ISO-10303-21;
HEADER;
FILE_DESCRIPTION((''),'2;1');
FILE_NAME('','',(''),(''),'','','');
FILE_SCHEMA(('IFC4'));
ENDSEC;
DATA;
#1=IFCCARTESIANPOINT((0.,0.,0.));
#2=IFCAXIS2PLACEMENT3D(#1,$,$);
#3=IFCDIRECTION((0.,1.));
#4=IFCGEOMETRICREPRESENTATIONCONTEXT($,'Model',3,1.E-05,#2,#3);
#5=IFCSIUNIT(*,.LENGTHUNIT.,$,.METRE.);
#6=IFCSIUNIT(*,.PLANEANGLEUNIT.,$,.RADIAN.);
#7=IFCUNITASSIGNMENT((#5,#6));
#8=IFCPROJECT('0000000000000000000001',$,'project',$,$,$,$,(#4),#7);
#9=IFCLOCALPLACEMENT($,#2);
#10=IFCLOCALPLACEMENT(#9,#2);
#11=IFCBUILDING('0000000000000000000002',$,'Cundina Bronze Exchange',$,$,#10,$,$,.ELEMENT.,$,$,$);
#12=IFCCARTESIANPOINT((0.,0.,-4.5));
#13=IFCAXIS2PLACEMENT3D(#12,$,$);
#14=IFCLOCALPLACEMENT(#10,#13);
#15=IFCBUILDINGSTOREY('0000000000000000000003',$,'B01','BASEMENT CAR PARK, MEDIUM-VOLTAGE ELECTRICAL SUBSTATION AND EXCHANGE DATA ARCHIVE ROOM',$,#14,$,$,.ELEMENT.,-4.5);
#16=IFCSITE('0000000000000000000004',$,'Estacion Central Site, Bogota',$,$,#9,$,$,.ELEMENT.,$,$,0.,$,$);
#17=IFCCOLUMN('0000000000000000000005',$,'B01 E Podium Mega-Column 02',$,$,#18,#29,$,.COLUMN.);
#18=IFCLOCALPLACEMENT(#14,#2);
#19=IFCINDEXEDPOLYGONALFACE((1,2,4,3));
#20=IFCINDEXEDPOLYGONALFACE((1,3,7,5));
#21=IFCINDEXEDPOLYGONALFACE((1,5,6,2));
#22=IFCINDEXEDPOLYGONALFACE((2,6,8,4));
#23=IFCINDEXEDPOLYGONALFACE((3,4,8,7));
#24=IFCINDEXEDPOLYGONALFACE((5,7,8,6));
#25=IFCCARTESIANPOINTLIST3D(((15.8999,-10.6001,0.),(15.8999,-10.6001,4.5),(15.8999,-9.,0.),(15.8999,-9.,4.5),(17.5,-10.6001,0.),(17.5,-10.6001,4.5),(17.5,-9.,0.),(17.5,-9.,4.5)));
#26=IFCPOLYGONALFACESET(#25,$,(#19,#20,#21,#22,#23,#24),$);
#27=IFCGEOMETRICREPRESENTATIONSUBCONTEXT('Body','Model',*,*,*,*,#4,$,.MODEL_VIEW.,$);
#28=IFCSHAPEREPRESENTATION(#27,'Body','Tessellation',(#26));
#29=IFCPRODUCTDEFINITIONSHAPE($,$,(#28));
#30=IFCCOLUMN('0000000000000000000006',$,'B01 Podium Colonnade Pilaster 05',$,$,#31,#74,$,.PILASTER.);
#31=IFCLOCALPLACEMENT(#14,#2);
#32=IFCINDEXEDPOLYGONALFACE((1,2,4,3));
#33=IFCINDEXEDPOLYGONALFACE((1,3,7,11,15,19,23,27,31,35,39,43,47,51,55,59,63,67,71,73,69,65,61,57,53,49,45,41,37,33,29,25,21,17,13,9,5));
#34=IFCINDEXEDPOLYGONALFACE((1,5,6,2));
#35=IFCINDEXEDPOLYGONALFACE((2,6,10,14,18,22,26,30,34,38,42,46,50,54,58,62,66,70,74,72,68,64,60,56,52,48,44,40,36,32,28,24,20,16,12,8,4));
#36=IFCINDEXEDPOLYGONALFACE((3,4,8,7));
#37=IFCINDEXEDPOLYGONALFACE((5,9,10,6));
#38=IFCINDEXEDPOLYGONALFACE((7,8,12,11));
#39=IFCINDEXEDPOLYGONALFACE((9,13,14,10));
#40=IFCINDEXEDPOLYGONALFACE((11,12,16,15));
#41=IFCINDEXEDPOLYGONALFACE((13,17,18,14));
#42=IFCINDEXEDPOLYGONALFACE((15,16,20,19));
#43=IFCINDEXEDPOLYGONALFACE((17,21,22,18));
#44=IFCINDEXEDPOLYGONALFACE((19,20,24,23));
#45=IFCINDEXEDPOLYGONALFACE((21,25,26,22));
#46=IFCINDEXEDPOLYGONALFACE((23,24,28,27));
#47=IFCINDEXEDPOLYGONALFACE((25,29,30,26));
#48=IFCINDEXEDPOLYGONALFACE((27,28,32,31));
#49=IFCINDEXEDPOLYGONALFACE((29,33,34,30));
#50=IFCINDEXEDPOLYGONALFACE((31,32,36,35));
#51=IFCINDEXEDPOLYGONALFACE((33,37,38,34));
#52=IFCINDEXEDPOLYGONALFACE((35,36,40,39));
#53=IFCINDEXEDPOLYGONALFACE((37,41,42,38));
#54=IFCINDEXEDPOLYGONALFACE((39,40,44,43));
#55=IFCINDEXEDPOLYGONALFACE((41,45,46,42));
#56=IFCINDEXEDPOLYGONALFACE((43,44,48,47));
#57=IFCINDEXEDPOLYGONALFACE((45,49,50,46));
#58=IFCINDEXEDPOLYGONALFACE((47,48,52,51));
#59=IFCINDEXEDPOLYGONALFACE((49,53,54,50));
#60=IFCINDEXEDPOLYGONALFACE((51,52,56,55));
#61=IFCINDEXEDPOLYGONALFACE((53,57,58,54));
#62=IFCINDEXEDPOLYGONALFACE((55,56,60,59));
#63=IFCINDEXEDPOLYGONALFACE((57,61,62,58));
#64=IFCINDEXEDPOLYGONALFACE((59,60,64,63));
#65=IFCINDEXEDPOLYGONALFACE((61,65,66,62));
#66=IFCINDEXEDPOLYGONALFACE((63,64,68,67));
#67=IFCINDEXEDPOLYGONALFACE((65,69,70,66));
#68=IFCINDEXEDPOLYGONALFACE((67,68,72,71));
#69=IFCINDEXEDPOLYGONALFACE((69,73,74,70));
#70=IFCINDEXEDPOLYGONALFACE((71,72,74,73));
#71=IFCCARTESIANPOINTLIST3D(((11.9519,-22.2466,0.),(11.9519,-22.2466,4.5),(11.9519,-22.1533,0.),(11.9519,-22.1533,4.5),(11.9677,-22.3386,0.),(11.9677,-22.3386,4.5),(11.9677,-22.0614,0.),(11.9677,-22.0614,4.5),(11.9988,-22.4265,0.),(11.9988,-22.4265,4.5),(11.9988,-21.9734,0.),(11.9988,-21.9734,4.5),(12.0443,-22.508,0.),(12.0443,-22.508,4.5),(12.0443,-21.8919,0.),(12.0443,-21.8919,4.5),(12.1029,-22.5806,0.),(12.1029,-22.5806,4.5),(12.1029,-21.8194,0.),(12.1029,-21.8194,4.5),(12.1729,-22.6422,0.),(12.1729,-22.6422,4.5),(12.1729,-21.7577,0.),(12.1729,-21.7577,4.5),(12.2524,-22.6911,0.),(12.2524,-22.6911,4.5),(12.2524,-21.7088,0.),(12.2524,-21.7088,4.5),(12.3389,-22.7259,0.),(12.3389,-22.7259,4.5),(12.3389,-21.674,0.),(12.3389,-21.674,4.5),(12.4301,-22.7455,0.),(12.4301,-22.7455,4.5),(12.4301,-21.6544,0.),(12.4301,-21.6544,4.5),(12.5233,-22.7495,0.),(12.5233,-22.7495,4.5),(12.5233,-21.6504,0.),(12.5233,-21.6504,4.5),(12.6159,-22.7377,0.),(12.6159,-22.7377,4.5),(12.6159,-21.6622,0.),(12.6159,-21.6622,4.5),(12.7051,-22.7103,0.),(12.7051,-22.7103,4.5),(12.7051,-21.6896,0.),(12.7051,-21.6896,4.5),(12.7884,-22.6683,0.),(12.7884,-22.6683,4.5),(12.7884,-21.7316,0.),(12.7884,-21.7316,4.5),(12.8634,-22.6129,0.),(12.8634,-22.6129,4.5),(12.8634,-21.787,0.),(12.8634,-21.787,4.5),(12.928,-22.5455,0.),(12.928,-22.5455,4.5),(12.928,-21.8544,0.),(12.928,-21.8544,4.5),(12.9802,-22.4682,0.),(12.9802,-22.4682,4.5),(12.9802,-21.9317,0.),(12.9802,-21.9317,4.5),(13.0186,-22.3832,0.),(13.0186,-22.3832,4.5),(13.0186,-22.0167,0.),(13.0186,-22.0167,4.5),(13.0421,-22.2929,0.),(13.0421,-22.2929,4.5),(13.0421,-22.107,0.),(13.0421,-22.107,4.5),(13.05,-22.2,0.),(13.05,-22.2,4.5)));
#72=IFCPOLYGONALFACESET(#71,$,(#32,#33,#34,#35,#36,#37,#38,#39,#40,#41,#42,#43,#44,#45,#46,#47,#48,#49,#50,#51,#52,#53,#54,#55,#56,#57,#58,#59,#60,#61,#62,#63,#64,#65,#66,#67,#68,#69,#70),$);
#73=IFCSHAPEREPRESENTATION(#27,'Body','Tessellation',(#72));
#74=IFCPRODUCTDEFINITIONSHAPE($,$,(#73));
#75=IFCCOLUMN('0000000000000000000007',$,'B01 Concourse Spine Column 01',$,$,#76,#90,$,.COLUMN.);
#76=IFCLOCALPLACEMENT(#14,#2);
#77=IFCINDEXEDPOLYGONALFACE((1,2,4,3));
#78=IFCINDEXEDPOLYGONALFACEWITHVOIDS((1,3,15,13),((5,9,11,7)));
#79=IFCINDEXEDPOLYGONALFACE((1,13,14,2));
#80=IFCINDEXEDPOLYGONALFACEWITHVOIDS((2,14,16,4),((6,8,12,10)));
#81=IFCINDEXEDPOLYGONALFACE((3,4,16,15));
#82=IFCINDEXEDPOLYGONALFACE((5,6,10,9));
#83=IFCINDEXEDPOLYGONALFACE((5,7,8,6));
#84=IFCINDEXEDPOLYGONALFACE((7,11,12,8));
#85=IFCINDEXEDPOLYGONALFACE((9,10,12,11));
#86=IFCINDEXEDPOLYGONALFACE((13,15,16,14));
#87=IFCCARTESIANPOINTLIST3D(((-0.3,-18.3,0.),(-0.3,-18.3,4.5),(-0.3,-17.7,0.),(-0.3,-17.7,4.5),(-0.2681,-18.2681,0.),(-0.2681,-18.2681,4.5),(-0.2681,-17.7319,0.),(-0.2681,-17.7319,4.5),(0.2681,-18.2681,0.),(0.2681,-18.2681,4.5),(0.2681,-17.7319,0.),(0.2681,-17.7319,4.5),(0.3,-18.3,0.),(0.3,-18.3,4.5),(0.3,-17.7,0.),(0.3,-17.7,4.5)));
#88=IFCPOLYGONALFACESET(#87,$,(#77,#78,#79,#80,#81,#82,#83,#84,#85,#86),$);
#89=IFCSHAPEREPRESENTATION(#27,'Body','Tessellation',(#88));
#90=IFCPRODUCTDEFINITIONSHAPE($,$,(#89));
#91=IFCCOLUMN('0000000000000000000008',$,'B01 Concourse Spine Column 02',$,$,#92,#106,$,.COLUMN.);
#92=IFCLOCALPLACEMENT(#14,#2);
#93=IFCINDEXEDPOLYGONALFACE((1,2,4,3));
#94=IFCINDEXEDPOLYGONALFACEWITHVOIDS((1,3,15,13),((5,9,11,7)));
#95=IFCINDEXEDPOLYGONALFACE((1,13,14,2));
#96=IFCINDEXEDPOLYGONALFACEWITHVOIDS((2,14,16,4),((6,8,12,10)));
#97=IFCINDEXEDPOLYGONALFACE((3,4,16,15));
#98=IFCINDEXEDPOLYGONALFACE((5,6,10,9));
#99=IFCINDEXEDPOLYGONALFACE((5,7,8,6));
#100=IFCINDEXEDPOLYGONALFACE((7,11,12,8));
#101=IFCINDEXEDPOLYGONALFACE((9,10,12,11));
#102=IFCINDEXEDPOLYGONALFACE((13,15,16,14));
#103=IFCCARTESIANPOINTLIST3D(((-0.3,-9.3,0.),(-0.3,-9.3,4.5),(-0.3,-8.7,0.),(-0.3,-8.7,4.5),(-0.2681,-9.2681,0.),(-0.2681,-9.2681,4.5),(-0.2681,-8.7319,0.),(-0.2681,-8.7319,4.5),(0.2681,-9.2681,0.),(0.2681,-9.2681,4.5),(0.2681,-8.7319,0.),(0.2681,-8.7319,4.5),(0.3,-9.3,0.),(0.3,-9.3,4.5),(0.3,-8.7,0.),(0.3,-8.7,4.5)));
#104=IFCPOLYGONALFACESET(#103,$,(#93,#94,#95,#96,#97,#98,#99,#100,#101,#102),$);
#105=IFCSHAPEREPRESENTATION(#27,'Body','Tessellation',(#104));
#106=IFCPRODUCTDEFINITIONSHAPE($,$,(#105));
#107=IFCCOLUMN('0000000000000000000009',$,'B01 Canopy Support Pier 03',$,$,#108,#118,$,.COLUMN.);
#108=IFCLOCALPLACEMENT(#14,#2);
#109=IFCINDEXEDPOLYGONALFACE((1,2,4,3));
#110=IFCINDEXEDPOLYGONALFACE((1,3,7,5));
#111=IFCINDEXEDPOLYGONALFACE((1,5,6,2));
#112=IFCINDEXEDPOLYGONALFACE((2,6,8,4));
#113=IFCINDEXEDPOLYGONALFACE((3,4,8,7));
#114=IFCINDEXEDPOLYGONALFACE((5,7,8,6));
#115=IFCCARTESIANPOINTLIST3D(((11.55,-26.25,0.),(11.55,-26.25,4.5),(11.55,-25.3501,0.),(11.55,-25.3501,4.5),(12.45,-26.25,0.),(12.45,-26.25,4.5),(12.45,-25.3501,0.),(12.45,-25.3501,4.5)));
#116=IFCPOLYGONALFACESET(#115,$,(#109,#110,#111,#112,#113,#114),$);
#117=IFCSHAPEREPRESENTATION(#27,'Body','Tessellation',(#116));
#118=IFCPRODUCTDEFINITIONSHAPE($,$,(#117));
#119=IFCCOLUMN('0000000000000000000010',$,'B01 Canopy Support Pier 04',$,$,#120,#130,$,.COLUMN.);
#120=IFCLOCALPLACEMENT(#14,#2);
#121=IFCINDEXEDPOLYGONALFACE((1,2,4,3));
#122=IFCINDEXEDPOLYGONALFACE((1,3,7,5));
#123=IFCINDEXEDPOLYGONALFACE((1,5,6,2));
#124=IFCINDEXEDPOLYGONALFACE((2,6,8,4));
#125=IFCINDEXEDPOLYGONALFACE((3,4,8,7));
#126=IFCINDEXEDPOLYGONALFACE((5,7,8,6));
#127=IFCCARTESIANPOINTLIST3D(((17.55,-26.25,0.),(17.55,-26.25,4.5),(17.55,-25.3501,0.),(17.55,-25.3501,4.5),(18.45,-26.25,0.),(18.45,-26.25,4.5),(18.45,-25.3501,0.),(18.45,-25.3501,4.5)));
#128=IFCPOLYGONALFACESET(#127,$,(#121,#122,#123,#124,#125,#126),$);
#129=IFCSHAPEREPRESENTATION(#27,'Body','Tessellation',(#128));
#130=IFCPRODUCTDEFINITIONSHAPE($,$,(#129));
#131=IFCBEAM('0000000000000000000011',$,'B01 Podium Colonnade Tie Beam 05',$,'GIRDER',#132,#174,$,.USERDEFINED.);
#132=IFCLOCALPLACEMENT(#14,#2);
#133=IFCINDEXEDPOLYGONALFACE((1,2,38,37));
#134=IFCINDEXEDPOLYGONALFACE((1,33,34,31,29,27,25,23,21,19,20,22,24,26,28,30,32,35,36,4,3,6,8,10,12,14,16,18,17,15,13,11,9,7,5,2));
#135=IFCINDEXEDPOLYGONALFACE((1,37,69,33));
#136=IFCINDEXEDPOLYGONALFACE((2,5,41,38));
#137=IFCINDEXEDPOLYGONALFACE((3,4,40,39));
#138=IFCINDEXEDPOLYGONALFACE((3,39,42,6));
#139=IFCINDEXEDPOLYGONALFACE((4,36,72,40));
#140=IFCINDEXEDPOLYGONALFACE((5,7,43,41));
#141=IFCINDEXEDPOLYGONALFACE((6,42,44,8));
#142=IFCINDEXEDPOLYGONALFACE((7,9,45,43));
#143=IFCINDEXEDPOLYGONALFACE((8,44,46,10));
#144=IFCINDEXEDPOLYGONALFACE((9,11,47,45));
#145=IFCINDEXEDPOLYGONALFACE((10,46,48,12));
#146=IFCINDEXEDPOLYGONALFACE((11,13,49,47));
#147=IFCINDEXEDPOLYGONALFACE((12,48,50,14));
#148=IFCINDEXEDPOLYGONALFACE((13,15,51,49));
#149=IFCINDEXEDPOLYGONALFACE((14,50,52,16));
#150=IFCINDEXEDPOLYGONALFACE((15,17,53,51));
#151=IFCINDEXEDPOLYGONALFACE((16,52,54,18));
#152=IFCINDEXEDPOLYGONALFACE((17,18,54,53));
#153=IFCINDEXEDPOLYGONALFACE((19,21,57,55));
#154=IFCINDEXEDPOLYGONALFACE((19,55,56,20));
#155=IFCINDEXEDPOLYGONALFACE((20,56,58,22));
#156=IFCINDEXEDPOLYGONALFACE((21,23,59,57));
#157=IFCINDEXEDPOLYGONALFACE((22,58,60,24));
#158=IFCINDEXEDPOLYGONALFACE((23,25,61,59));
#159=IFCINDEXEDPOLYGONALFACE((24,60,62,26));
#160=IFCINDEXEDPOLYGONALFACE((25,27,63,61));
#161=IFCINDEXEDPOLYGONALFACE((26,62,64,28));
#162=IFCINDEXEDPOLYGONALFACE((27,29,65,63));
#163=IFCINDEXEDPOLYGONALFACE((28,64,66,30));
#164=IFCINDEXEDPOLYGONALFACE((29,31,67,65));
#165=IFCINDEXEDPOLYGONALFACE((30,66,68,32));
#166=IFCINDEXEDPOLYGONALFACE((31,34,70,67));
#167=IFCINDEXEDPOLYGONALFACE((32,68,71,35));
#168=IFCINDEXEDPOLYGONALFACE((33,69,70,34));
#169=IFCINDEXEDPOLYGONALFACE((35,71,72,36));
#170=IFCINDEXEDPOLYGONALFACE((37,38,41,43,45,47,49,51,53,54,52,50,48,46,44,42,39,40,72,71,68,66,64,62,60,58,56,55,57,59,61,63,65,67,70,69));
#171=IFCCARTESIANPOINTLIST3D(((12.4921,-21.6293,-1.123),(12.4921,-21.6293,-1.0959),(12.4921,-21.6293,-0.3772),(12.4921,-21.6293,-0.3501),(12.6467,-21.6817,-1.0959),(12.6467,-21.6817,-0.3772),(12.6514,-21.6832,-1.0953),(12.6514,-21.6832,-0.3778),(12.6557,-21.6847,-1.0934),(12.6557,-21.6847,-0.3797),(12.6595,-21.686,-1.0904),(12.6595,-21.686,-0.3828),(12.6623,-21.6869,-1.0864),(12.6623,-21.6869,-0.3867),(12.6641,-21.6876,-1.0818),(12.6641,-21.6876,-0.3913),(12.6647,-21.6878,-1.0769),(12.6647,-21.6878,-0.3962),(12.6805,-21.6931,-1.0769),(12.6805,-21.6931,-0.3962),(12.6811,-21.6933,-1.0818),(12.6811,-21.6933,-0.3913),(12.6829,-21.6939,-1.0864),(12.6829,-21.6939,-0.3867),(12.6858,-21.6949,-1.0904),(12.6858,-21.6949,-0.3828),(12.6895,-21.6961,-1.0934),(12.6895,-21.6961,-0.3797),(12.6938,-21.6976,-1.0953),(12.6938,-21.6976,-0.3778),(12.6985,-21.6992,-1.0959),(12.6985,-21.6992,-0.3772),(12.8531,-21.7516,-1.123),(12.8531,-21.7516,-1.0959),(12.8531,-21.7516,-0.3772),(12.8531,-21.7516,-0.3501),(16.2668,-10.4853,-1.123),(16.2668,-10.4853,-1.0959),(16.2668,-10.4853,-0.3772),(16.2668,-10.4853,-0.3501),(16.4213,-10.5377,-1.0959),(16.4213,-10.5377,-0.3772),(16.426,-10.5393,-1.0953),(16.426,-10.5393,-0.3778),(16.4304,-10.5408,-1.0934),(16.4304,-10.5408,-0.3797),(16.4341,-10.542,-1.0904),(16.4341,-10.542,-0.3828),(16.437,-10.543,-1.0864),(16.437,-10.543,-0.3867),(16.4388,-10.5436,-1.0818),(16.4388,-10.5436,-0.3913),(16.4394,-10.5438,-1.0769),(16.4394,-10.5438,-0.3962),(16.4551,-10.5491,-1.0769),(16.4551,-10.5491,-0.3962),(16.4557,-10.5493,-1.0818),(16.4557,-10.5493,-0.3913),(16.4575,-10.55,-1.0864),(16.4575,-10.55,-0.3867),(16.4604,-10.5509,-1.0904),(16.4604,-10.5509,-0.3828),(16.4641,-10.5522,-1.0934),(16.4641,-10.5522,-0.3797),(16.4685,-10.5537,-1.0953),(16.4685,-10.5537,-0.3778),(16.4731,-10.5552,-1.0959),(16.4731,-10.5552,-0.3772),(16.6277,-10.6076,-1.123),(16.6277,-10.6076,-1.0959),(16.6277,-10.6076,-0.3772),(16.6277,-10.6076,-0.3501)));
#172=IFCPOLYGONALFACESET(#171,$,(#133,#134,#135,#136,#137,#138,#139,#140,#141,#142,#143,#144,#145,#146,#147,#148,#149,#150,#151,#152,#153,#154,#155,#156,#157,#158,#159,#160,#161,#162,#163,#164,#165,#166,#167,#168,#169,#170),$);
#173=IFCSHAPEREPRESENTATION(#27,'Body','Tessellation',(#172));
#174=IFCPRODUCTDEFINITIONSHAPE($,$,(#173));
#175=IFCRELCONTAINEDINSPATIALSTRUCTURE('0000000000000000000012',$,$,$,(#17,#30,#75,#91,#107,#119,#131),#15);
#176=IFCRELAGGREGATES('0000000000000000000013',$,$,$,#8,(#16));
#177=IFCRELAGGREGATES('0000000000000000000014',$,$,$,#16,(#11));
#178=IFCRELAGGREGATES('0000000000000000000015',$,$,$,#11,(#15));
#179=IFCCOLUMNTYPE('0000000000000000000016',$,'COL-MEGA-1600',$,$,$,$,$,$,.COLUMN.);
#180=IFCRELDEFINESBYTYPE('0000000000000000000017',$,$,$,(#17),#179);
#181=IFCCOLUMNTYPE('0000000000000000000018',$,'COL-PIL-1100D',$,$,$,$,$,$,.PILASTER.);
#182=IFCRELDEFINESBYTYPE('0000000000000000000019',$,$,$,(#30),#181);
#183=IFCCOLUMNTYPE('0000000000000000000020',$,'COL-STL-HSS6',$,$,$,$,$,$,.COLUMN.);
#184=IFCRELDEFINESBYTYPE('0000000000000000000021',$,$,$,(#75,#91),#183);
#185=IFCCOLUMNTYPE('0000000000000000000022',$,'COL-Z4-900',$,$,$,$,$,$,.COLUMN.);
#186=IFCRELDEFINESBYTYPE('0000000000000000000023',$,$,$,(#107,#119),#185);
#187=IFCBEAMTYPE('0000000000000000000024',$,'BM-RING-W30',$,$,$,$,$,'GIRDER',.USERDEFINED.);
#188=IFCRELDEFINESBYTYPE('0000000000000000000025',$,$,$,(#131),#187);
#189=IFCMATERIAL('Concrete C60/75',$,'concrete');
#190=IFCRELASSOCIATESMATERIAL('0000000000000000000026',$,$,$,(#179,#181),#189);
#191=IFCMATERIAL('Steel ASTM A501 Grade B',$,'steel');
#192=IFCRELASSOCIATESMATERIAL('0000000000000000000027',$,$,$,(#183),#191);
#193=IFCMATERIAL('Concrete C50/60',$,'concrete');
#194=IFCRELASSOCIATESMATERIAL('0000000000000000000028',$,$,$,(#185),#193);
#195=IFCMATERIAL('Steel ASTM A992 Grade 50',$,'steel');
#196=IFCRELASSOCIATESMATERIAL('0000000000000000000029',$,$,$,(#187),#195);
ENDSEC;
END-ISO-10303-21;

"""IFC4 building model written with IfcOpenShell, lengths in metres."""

from ifc_helpers import new_model, si_unit, direction, frame, origin, origin_2d, place, context, subcontext, project, spatial, rectangle, hollow_rectangle, circle, i_section, extrude, material, material_profile, profile_set, type_object, element, save


model = new_model("IFC4")

# Units and contexts
model_context = context("Model", 3, precision=1e-05, world=origin(), true_north=direction((0.0, 1.0)))
body_context = subcontext(model_context, "Body", "Model", "MODEL_VIEW")
ifc_project = project(units=[si_unit("LENGTHUNIT", "METRE"), si_unit("PLANEANGLEUNIT", "RADIAN")], contexts=[model_context])

# Site, building, storey
site_placement = place(None, origin())
site = spatial("IfcSite", under=ifc_project, at=site_placement, Name="Estacion Central Site, Bogota", CompositionType="ELEMENT", RefElevation=0.0)
building_placement = place(site_placement, origin())
building = spatial("IfcBuilding", under=site, at=building_placement, Name="Cundina Bronze Exchange", CompositionType="ELEMENT")
storey_placement = place(building_placement, frame((0.0, 0.0, -4.5)))
storey = spatial("IfcBuildingStorey", under=building, at=storey_placement, Name="B01", Description="BASEMENT CAR PARK, MEDIUM-VOLTAGE ELECTRICAL SUBSTATION AND EXCHANGE DATA ARCHIVE ROOM", CompositionType="ELEMENT", Elevation=-4.5)

# Columns
ifc_material_1 = material(Name="Concrete C60/75", Category="concrete")
ifc_material_profile_1 = material_profile(ifc_material_1, rectangle(XDim=1.6001, YDim=1.6001, at=origin_2d()), Name="RC1600X1600", Category="concrete")
ifc_profile_set_1 = profile_set([ifc_material_profile_1], Name="Concrete C60/75")
column_type_1 = type_object("IfcColumnType", Name="COL-MEGA-1600", PredefinedType="COLUMN", material=ifc_profile_set_1)
column_1_placement = place(storey_placement, frame((16.7, -9.8, 0.0), z_axis=(0.0, 0.0, 1.0), x_axis=(1.0, 0.0, 0.0)))
element("IfcColumn", 1, at=column_1_placement, inside=storey, type_object=column_type_1, Name="B01 E Podium Mega-Column 02", PredefinedType="COLUMN", context=body_context, shape_type="SweptSolid", body=[
    extrude(rectangle(XDim=1.6001, YDim=1.6001, at=origin_2d()), origin(), (0.0, 0.0, 1.0), 4.5),
])
ifc_material_profile_2 = material_profile(ifc_material_1, circle(Radius=0.55, at=origin_2d()), Name="RC1100D", Category="concrete")
ifc_profile_set_2 = profile_set([ifc_material_profile_2], Name="Concrete C60/75")
column_type_2 = type_object("IfcColumnType", Name="COL-PIL-1100D", PredefinedType="PILASTER", material=ifc_profile_set_2)
column_2_placement = place(storey_placement, frame((12.5, -22.2, 0.0), z_axis=(0.0, 0.0, 1.0), x_axis=(1.0, 0.0, 0.0)))
element("IfcColumn", 2, at=column_2_placement, inside=storey, type_object=column_type_2, Name="B01 Podium Colonnade Pilaster 05", PredefinedType="PILASTER", context=body_context, shape_type="SweptSolid", body=[
    extrude(circle(Radius=0.55, at=origin_2d()), origin(), (0.0, 0.0, 1.0), 4.5),
])
ifc_material_2 = material(Name="Steel ASTM A501 Grade B", Category="steel")
ifc_material_profile_3 = material_profile(ifc_material_2, hollow_rectangle(XDim=0.6001, YDim=0.6001, WallThickness=0.032, at=origin_2d()), Name="HSS600X600X32", Category="steel")
ifc_profile_set_3 = profile_set([ifc_material_profile_3], Name="Steel ASTM A501 Grade B")
column_type_3 = type_object("IfcColumnType", Name="COL-STL-HSS6", PredefinedType="COLUMN", material=ifc_profile_set_3)
for number, where, z_axis, x_axis, name in (
    (3, (0.0, -18.0, 0.0), (0.0, 0.0, 1.0), (1.0, 0.0, 0.0), "B01 Concourse Spine Column 01"),
    (4, (0.0, -9.0, 0.0), (0.0, 0.0, 1.0), (1.0, 0.0, 0.0), "B01 Concourse Spine Column 02"),
):
    element("IfcColumn", number, at=place(storey_placement, frame(where, z_axis=z_axis, x_axis=x_axis)), inside=storey, type_object=column_type_3, Name=name, PredefinedType="COLUMN", context=body_context, shape_type="SweptSolid", body=[
        extrude(hollow_rectangle(XDim=0.6001, YDim=0.6001, WallThickness=0.032, at=origin_2d()), origin(), (0.0, 0.0, 1.0), 4.5),
    ])
ifc_material_3 = material(Name="Concrete C50/60", Category="concrete")
ifc_material_profile_4 = material_profile(ifc_material_3, rectangle(XDim=0.8999, YDim=0.8999, at=origin_2d()), Name="RC900X900", Category="concrete")
ifc_profile_set_4 = profile_set([ifc_material_profile_4], Name="Concrete C50/60")
column_type_4 = type_object("IfcColumnType", Name="COL-Z4-900", PredefinedType="COLUMN", material=ifc_profile_set_4)
for number, where, z_axis, x_axis, name in (
    (5, (12.0, -25.8, 0.0), (0.0, 0.0, 1.0), (1.0, 0.0, 0.0), "B01 Canopy Support Pier 03"),
    (6, (18.0, -25.8, 0.0), (0.0, 0.0, 1.0), (1.0, 0.0, 0.0), "B01 Canopy Support Pier 04"),
):
    element("IfcColumn", number, at=place(storey_placement, frame(where, z_axis=z_axis, x_axis=x_axis)), inside=storey, type_object=column_type_4, Name=name, PredefinedType="COLUMN", context=body_context, shape_type="SweptSolid", body=[
        extrude(rectangle(XDim=0.8999, YDim=0.8999, at=origin_2d()), origin(), (0.0, 0.0, 1.0), 4.5),
    ])

# Beam
ifc_material_4 = material(Name="Steel ASTM A992 Grade 50", Category="steel")
ifc_material_profile_5 = material_profile(ifc_material_4, i_section(OverallWidth=0.3811, OverallDepth=0.7729, WebThickness=0.0166, FlangeThickness=0.0271, FilletRadius=0.019, at=origin_2d()), Name="W30X173", Category="steel")
ifc_profile_set_5 = profile_set([ifc_material_profile_5], Name="Steel ASTM A992 Grade 50")
beam_type = type_object("IfcBeamType", Name="BM-RING-W30", ElementType="GIRDER", PredefinedType="USERDEFINED", material=ifc_profile_set_5)
beam_1_placement = place(storey_placement, frame((12.6726, -21.6904, -0.7366), z_axis=(0.320812, 0.947143, 0.0), x_axis=(-0.947143, 0.320812, 0.0)))
element("IfcBeam", 7, at=beam_1_placement, inside=storey, type_object=beam_type, Name="B01 Podium Colonnade Tie Beam 05", ObjectType="GIRDER", PredefinedType="USERDEFINED", context=body_context, shape_type="SweptSolid", body=[
    extrude(i_section(OverallWidth=0.3811, OverallDepth=0.7729, WebThickness=0.0166, FlangeThickness=0.0271, FilletRadius=0.019, at=origin_2d()), origin(), (0.0, 0.0, 1.0), 11.7659),
])

save(model, "model.ifc")
